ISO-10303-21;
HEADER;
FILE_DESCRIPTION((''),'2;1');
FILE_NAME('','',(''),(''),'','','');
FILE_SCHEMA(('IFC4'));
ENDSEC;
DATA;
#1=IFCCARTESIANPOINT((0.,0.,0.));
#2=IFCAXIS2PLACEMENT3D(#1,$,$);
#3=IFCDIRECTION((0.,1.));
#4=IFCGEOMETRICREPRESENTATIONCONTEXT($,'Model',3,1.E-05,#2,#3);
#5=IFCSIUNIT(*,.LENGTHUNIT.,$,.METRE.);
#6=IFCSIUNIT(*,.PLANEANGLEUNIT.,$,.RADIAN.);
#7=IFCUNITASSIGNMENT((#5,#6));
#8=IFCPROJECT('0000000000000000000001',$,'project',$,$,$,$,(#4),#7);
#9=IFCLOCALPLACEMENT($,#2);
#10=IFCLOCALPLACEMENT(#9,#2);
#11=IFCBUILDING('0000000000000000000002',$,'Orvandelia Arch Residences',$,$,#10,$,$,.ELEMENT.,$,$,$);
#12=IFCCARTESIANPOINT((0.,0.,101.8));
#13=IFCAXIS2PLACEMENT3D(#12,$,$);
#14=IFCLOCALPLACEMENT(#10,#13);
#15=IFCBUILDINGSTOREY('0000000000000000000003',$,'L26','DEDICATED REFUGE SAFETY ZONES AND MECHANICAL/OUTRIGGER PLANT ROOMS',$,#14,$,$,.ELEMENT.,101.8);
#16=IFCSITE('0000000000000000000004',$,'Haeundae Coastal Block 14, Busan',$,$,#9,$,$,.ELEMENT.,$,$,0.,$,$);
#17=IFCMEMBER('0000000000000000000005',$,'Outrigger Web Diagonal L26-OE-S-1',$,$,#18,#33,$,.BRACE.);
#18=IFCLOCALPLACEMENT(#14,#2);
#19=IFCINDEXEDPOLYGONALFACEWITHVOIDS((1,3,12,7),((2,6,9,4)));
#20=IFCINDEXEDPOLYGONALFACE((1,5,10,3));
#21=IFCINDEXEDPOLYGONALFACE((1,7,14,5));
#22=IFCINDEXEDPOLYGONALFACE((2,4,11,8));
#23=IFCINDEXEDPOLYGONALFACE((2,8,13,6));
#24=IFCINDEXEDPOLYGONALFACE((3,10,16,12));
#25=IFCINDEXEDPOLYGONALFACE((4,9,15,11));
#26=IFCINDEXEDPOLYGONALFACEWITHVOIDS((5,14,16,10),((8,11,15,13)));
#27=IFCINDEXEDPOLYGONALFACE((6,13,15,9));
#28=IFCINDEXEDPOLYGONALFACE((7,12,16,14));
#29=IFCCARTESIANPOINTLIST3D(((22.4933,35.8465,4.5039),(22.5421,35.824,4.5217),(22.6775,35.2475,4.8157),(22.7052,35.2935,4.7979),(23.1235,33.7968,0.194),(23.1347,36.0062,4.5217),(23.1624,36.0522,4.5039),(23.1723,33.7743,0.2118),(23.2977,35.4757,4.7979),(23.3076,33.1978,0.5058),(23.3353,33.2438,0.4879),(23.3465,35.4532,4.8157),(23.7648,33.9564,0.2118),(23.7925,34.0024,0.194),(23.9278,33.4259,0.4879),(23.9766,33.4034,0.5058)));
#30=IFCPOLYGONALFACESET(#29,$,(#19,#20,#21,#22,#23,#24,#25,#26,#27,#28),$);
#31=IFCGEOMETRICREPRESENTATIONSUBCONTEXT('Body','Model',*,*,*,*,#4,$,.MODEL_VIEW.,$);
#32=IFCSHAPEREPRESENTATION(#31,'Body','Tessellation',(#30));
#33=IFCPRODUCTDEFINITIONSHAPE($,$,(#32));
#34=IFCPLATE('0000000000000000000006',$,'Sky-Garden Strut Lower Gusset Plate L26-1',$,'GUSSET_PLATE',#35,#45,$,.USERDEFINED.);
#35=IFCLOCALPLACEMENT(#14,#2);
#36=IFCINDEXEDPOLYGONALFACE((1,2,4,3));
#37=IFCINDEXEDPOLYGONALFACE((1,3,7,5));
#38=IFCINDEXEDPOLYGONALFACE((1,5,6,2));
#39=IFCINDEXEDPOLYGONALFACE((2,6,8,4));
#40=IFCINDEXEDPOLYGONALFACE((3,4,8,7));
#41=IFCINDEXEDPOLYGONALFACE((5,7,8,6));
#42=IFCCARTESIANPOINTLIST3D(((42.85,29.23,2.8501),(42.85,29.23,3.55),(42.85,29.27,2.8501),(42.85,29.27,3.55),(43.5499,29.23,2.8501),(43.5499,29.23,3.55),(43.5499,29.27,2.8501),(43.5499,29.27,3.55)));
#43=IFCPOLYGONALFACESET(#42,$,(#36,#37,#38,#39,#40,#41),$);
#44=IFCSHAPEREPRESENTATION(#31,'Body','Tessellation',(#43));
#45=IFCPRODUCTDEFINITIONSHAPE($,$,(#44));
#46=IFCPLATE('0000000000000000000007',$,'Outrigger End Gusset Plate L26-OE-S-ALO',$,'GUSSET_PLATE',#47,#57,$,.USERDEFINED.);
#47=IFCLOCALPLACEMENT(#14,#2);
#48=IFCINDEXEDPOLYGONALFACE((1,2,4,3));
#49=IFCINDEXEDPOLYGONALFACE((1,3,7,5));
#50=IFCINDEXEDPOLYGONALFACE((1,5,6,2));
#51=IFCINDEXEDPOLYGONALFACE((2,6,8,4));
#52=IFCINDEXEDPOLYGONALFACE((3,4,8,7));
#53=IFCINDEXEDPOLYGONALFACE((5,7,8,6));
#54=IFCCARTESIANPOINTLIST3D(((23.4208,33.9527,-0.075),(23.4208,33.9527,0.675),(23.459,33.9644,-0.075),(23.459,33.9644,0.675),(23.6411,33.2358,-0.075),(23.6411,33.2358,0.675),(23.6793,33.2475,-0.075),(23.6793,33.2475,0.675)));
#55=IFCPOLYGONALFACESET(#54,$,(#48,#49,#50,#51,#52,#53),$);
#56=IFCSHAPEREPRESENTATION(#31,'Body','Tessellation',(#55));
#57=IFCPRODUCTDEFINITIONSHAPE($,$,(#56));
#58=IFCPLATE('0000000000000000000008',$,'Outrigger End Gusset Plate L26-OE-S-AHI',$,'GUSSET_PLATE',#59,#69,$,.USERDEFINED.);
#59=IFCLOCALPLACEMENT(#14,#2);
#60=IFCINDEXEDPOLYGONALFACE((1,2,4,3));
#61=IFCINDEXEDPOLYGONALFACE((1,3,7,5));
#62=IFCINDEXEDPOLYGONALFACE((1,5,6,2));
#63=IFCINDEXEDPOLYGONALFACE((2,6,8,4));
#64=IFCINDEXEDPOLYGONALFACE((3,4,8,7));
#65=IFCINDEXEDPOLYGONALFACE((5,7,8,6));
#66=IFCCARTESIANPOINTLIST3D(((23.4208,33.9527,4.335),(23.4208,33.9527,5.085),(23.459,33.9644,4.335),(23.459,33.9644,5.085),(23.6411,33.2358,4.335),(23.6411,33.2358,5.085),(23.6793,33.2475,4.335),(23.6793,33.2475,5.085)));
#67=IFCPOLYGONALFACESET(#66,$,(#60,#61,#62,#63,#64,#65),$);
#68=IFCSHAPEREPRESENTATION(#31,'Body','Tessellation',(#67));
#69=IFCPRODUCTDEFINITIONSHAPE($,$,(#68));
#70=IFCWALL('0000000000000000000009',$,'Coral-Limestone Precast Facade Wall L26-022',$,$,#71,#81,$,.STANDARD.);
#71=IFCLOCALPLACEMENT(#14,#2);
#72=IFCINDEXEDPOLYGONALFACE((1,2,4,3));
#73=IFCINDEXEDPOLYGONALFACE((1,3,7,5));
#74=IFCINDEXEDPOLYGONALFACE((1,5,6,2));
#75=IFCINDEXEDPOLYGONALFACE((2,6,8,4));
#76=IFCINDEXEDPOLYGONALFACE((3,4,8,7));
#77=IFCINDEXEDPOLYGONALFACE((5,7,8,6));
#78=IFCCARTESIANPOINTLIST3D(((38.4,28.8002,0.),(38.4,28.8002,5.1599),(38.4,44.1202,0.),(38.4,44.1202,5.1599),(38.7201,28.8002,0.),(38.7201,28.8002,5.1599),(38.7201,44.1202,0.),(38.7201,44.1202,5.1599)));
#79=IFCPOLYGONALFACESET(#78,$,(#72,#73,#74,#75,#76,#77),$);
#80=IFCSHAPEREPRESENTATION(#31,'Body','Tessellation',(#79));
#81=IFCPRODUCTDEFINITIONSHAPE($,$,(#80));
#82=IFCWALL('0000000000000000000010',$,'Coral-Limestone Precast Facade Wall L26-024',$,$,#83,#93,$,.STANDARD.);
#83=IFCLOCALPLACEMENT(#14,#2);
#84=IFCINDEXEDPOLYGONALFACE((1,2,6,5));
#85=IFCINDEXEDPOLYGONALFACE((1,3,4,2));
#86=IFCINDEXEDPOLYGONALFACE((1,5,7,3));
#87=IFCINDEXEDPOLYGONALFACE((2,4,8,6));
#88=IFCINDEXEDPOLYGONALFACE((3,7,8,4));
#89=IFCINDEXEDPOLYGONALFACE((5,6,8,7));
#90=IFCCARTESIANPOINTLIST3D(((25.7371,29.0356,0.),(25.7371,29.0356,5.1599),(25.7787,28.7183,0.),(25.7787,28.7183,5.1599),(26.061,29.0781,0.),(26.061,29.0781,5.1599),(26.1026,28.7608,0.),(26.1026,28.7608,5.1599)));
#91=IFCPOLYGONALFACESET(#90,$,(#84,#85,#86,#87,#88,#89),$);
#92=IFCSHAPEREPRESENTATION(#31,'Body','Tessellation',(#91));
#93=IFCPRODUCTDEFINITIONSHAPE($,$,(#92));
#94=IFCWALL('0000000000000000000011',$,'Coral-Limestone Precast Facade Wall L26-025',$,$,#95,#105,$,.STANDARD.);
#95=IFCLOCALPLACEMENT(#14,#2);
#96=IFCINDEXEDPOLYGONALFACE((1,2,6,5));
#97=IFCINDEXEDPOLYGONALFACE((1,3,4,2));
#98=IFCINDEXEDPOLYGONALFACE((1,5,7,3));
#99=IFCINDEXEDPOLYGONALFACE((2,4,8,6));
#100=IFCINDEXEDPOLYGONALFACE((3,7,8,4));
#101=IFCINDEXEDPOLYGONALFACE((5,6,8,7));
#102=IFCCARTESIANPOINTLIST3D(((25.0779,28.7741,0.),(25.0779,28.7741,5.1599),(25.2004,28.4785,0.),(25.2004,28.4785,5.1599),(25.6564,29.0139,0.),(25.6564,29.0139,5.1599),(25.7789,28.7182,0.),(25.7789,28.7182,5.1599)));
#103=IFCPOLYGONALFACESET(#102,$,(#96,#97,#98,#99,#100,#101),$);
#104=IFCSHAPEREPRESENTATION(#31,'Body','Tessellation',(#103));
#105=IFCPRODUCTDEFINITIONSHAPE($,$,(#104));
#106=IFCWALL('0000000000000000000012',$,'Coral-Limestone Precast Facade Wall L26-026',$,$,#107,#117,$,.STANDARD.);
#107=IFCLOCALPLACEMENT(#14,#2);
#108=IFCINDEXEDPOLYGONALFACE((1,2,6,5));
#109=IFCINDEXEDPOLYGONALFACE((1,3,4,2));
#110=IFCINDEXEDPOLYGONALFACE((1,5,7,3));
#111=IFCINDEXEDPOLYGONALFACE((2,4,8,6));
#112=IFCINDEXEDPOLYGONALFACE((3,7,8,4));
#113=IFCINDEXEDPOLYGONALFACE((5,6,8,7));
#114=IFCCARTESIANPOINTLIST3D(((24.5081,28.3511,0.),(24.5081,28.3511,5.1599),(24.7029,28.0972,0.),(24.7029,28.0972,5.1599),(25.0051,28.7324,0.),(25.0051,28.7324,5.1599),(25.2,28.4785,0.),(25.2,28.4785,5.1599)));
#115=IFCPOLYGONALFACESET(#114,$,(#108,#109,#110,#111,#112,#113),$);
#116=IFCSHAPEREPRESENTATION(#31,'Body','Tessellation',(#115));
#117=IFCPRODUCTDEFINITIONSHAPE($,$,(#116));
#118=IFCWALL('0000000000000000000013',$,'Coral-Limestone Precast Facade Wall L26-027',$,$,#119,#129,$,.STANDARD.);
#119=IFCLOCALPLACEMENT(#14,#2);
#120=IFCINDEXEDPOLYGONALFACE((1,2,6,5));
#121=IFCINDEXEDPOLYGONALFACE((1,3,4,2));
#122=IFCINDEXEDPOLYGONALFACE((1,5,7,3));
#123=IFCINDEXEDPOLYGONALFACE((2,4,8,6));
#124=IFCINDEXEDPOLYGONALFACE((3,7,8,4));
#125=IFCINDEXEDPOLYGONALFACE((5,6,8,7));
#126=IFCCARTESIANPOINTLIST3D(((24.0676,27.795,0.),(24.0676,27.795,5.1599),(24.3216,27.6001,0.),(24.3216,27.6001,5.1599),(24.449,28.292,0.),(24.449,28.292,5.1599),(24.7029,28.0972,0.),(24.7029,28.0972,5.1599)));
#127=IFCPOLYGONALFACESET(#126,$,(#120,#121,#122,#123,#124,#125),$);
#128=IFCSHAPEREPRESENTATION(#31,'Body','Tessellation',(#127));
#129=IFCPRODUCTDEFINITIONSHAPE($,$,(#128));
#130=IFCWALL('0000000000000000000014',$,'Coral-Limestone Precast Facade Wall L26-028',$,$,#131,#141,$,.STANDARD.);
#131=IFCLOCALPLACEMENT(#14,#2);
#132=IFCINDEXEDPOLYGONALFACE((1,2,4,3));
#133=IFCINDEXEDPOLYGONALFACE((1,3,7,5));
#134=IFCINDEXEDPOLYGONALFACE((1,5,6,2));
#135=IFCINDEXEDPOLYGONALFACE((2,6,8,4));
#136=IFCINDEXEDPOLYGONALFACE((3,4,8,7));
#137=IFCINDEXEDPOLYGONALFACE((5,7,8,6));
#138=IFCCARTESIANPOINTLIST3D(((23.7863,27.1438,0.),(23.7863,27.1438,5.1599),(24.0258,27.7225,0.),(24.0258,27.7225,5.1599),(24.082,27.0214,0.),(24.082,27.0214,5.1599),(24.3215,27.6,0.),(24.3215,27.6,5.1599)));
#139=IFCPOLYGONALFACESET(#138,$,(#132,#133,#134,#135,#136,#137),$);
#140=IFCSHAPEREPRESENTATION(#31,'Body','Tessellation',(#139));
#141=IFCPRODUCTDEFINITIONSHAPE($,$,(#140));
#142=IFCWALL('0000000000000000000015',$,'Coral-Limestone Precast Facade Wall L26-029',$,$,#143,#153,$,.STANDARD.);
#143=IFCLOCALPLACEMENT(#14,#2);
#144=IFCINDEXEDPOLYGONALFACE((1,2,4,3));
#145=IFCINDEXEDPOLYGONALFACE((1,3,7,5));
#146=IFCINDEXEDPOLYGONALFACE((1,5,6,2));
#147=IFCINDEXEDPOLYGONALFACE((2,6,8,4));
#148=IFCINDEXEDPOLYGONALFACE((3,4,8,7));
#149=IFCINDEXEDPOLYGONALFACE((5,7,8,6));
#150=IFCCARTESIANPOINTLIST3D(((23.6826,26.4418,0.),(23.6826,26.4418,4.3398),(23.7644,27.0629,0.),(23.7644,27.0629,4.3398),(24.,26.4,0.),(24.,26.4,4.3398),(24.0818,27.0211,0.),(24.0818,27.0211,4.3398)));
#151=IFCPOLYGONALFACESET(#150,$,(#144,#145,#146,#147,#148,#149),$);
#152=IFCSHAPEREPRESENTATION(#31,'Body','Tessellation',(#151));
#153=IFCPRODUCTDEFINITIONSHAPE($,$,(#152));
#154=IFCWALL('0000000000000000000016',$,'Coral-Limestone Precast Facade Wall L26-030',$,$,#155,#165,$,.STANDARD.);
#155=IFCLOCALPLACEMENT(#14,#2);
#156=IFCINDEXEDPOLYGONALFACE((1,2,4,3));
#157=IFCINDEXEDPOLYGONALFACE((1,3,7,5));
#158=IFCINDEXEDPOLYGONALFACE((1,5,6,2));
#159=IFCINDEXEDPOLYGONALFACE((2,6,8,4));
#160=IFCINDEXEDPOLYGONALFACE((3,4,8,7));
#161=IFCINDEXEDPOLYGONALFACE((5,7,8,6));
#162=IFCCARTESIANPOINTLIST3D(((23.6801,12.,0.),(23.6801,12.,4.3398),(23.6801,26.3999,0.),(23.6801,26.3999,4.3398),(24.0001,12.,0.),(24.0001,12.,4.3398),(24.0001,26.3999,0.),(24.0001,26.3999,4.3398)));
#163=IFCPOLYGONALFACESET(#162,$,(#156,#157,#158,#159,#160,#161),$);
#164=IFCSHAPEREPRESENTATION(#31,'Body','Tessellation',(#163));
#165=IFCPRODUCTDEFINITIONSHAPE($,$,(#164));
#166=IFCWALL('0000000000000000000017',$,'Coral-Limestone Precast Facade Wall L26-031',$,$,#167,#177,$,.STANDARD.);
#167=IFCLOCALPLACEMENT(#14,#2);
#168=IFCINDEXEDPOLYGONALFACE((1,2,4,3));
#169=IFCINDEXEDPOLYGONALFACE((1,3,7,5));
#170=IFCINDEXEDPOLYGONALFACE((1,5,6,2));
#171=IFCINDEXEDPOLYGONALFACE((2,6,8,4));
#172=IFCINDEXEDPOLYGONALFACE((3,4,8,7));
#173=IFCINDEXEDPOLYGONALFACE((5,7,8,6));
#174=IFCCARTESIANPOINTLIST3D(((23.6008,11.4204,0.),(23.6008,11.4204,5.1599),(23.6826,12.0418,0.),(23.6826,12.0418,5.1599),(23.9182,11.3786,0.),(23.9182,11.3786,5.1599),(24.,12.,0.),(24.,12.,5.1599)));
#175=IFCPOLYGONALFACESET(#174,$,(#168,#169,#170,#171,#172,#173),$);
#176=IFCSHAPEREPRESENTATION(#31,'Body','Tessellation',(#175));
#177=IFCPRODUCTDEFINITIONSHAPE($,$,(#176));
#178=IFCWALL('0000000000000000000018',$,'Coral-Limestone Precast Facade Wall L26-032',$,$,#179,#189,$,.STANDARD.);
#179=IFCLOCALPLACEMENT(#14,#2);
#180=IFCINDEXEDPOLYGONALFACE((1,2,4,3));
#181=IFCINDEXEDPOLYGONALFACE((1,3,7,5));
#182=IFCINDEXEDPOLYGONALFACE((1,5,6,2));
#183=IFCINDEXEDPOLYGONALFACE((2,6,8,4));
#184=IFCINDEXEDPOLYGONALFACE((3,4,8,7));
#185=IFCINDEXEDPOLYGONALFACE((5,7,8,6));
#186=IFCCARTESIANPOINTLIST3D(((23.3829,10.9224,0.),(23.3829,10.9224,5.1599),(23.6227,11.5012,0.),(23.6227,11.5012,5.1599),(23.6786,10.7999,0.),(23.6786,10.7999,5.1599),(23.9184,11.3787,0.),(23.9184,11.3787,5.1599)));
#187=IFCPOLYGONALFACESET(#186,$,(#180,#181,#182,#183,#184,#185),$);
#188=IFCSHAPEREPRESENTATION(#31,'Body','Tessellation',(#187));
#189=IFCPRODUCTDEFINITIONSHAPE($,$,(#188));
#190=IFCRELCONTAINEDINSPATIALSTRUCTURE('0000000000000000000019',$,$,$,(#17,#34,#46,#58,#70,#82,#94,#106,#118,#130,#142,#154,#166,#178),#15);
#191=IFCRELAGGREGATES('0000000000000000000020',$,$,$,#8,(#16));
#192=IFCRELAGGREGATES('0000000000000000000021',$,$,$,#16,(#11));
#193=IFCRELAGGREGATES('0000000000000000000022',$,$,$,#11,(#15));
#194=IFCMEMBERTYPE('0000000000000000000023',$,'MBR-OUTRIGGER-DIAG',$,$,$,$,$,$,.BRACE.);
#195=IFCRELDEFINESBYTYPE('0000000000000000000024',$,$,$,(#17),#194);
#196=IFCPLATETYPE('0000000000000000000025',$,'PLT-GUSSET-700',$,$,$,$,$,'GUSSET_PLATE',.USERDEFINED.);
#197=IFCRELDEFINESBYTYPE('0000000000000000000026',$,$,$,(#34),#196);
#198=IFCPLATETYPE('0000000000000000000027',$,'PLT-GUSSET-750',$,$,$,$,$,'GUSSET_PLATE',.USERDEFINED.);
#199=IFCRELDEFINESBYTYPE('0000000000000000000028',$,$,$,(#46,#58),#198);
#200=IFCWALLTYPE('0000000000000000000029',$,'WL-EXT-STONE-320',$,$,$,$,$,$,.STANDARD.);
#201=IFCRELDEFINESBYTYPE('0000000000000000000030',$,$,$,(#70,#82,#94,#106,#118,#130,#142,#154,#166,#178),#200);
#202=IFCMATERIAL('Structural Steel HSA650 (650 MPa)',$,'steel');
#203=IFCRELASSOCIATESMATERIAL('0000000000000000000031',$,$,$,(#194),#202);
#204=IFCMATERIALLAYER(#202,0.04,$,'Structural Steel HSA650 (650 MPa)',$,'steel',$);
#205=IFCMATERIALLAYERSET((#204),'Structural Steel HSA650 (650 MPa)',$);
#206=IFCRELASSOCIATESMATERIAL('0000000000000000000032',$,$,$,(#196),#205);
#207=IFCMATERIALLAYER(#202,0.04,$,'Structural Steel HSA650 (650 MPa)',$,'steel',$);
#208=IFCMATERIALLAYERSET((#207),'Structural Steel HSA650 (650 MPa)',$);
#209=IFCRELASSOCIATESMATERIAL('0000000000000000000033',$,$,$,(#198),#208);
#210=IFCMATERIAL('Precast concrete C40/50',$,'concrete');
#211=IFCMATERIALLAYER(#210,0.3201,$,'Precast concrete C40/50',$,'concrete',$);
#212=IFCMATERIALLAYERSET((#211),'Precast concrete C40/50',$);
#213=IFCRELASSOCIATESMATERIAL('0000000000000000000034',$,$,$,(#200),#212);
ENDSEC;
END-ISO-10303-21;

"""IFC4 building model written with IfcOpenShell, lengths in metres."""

from ifc_helpers import new_model, si_unit, direction, frame, frame_2d, origin, origin_2d, place, context, subcontext, project, spatial, rectangle, hollow_rectangle, extrude, material, layer, layer_set, material_profile, profile_set, type_object, element, save


model = new_model("IFC4")

# Units and contexts
model_context = context("Model", 3, precision=1e-05, world=origin(), true_north=direction((0.0, 1.0)))
body_context = subcontext(model_context, "Body", "Model", "MODEL_VIEW")
ifc_project = project(units=[si_unit("LENGTHUNIT", "METRE"), si_unit("PLANEANGLEUNIT", "RADIAN")], contexts=[model_context])

# Site, building, storey
site_placement = place(None, origin())
site = spatial("IfcSite", under=ifc_project, at=site_placement, Name="Haeundae Coastal Block 14, Busan", CompositionType="ELEMENT", RefElevation=0.0)
building_placement = place(site_placement, origin())
building = spatial("IfcBuilding", under=site, at=building_placement, Name="Orvandelia Arch Residences", CompositionType="ELEMENT")
storey_placement = place(building_placement, frame((0.0, 0.0, 101.8)))
storey = spatial("IfcBuildingStorey", under=building, at=storey_placement, Name="L26", Description="DEDICATED REFUGE SAFETY ZONES AND MECHANICAL/OUTRIGGER PLANT ROOMS", CompositionType="ELEMENT", Elevation=101.8)

# Member
ifc_material_1 = material(Name="Structural Steel HSA650 (650 MPa)", Category="steel")
ifc_material_profile_1 = material_profile(ifc_material_1, hollow_rectangle(XDim=0.7, YDim=0.7, WallThickness=0.04, at=origin_2d()), Name="Structural Steel HSA650 (650 MPa)", Category="steel")
ifc_profile_set_1 = profile_set([ifc_material_profile_1], Name="Structural Steel HSA650 (650 MPa)")
member_type_1 = type_object("IfcMemberType", Name="MBR-OUTRIGGER-DIAG", PredefinedType="BRACE", material=ifc_profile_set_1)
member_1_placement = place(storey_placement, frame((23.55, 33.6001, 0.3499), z_axis=(-0.130893, 0.425794, 0.895303), x_axis=(-0.955855, -0.293838, 0.0)))
element("IfcMember", 1, at=member_1_placement, inside=storey, type_object=member_type_1, Name="Outrigger Web Diagonal L26-OE-S-1", PredefinedType="BRACE", context=body_context, shape_type="SweptSolid", body=[
    extrude(hollow_rectangle(XDim=0.7, YDim=0.7, WallThickness=0.04, at=origin_2d()), origin(), (0.0, 0.0, 1.0), 4.814),
])

# Plates
ifc_layer_1 = layer(ifc_material_1, 0.04, Name="Structural Steel HSA650 (650 MPa)", Category="steel")
ifc_layer_set_1 = layer_set([ifc_layer_1], Name="Structural Steel HSA650 (650 MPa)")
plate_type_1 = type_object("IfcPlateType", Name="PLT-GUSSET-700", ElementType="GUSSET_PLATE", PredefinedType="USERDEFINED", material=ifc_layer_set_1)
plate_placement = place(storey_placement, frame((43.2, 29.25, 2.8501), z_axis=(0.0, 0.0, 1.0), x_axis=(1.0, 0.0, 0.0)))
element("IfcPlate", 2, at=plate_placement, inside=storey, type_object=plate_type_1, Name="Sky-Garden Strut Lower Gusset Plate L26-1", ObjectType="GUSSET_PLATE", PredefinedType="USERDEFINED", context=body_context, shape_type="SweptSolid", body=[
    extrude(rectangle(XDim=0.7, YDim=0.04, at=origin_2d()), origin(), (0.0, 0.0, 1.0), 0.7),
])
ifc_layer_2 = layer(ifc_material_1, 0.04, Name="Structural Steel HSA650 (650 MPa)", Category="steel")
ifc_layer_set_2 = layer_set([ifc_layer_2], Name="Structural Steel HSA650 (650 MPa)")
plate_type_2 = type_object("IfcPlateType", Name="PLT-GUSSET-750", ElementType="GUSSET_PLATE", PredefinedType="USERDEFINED", material=ifc_layer_set_2)
for number, where, z_axis, x_axis, name in (
    (3, (23.55, 33.6001, -0.075), (0.0, 0.0, 1.0), (-0.293757, 0.95588, 0.0), "Outrigger End Gusset Plate L26-OE-S-ALO"),
    (4, (23.55, 33.6001, 4.335), (0.0, 0.0, 1.0), (-0.293757, 0.95588, 0.0), "Outrigger End Gusset Plate L26-OE-S-AHI"),
):
    element("IfcPlate", number, at=place(storey_placement, frame(where, z_axis=z_axis, x_axis=x_axis)), inside=storey, type_object=plate_type_2, Name=name, ObjectType="GUSSET_PLATE", PredefinedType="USERDEFINED", context=body_context, shape_type="SweptSolid", body=[
        extrude(rectangle(XDim=0.75, YDim=0.04, at=origin_2d()), origin(), (0.0, 0.0, 1.0), 0.75),
    ])

# Walls
ifc_material_2 = material(Name="Precast concrete C40/50", Category="concrete")
ifc_layer_3 = layer(ifc_material_2, 0.3201, Name="Precast concrete C40/50", Category="concrete")
ifc_layer_set_3 = layer_set([ifc_layer_3], Name="Precast concrete C40/50")
wall_type = type_object("IfcWallType", Name="WL-EXT-STONE-320", PredefinedType="STANDARD", material=ifc_layer_set_3)
wall_1_placement = place(storey_placement, frame((38.5601, 28.8, 0.0), z_axis=(0.0, 0.0, 1.0), x_axis=(0.0, 1.0, 0.0)))
element("IfcWall", 5, at=wall_1_placement, inside=storey, type_object=wall_type, Name="Coral-Limestone Precast Facade Wall L26-022", PredefinedType="STANDARD", context=body_context, shape_type="SweptSolid", body=[
    extrude(rectangle(XDim=15.3201, YDim=0.3201, at=frame_2d((7.6602, 0.0))), origin(), (0.0, 0.0, 1.0), 5.1599),
])
wall_2_placement = place(storey_placement, frame((26.0818, 28.9194, 0.0), z_axis=(0.0, 0.0, 1.0), x_axis=(-0.991513, -0.13001, 0.0)))
element("IfcWall", 6, at=wall_2_placement, inside=storey, type_object=wall_type, Name="Coral-Limestone Precast Facade Wall L26-024", PredefinedType="STANDARD", context=body_context, shape_type="SweptSolid", body=[
    extrude(rectangle(XDim=0.3267, YDim=0.3201, at=frame_2d((0.1633, 0.0))), origin(), (0.0, 0.0, 1.0), 5.1599),
])
wall_3_placement = place(storey_placement, frame((25.7175, 28.866, 0.0), z_axis=(0.0, 0.0, 1.0), x_axis=(-0.923836, -0.382788, 0.0)))
element("IfcWall", 7, at=wall_3_placement, inside=storey, type_object=wall_type, Name="Coral-Limestone Precast Facade Wall L26-025", PredefinedType="STANDARD", context=body_context, shape_type="SweptSolid", body=[
    extrude(rectangle(XDim=0.6262, YDim=0.3201, at=frame_2d((0.313, 0.0))), origin(), (0.0, 0.0, 1.0), 5.1599),
])
for number, where, z_axis, x_axis, name in (
    (8, (25.1025, 28.6055, 0.0), (0.0, 0.0, 1.0), (-0.793406, -0.608693, 0.0), "Coral-Limestone Precast Facade Wall L26-026"),
    (9, (24.5759, 28.1946, 0.0), (0.0, 0.0, 1.0), (-0.608693, -0.793406, 0.0), "Coral-Limestone Precast Facade Wall L26-027"),
):
    element("IfcWall", number, at=place(storey_placement, frame(where, z_axis=z_axis, x_axis=x_axis)), inside=storey, type_object=wall_type, Name=name, PredefinedType="STANDARD", context=body_context, shape_type="SweptSolid", body=[
        extrude(rectangle(XDim=0.6265, YDim=0.3201, at=frame_2d((0.3132, 0.0))), origin(), (0.0, 0.0, 1.0), 5.1599),
    ])
wall_4_placement = place(storey_placement, frame((24.1736, 27.6611, 0.0), z_axis=(0.0, 0.0, 1.0), x_axis=(-0.382455, -0.923974, 0.0)))
element("IfcWall", 10, at=wall_4_placement, inside=storey, type_object=wall_type, Name="Coral-Limestone Precast Facade Wall L26-028", PredefinedType="STANDARD", context=body_context, shape_type="SweptSolid", body=[
    extrude(rectangle(XDim=0.6262, YDim=0.3201, at=frame_2d((0.313, 0.0))), origin(), (0.0, 0.0, 1.0), 5.1599),
])
wall_5_placement = place(storey_placement, frame((23.9231, 27.042, 0.0), z_axis=(0.0, 0.0, 1.0), x_axis=(-0.130555, -0.991441, 0.0)))
element("IfcWall", 11, at=wall_5_placement, inside=storey, type_object=wall_type, Name="Coral-Limestone Precast Facade Wall L26-029", PredefinedType="STANDARD", context=body_context, shape_type="SweptSolid", body=[
    extrude(rectangle(XDim=0.6265, YDim=0.3201, at=frame_2d((0.3132, 0.0))), origin(), (0.0, 0.0, 1.0), 4.3398),
])
wall_6_placement = place(storey_placement, frame((23.8401, 26.3999, 0.0), z_axis=(0.0, 0.0, 1.0), x_axis=(0.0, -1.0, 0.0)))
element("IfcWall", 12, at=wall_6_placement, inside=storey, type_object=wall_type, Name="Coral-Limestone Precast Facade Wall L26-030", PredefinedType="STANDARD", context=body_context, shape_type="SweptSolid", body=[
    extrude(rectangle(XDim=14.3999, YDim=0.3201, at=frame_2d((7.2, 0.0))), origin(), (0.0, 0.0, 1.0), 4.3398),
])
wall_7_placement = place(storey_placement, frame((23.8413, 12.021, 0.0), z_axis=(0.0, 0.0, 1.0), x_axis=(-0.130505, -0.991448, 0.0)))
element("IfcWall", 13, at=wall_7_placement, inside=storey, type_object=wall_type, Name="Coral-Limestone Precast Facade Wall L26-031", PredefinedType="STANDARD", context=body_context, shape_type="SweptSolid", body=[
    extrude(rectangle(XDim=0.6267, YDim=0.3201, at=frame_2d((0.3135, 0.0))), origin(), (0.0, 0.0, 1.0), 5.1599),
])
for number, where, z_axis, x_axis, name in (
    (14, (23.7705, 11.4399, 0.0), (0.0, 0.0, 1.0), (-0.38265, -0.923893, 0.0), "Coral-Limestone Precast Facade Wall L26-032"),
):
    element("IfcWall", number, at=place(storey_placement, frame(where, z_axis=z_axis, x_axis=x_axis)), inside=storey, type_object=wall_type, Name=name, PredefinedType="STANDARD", context=body_context, shape_type="SweptSolid", body=[
        extrude(rectangle(XDim=0.6265, YDim=0.3201, at=frame_2d((0.3132, 0.0))), origin(), (0.0, 0.0, 1.0), 5.1599),
    ])

save(model, "model.ifc")
